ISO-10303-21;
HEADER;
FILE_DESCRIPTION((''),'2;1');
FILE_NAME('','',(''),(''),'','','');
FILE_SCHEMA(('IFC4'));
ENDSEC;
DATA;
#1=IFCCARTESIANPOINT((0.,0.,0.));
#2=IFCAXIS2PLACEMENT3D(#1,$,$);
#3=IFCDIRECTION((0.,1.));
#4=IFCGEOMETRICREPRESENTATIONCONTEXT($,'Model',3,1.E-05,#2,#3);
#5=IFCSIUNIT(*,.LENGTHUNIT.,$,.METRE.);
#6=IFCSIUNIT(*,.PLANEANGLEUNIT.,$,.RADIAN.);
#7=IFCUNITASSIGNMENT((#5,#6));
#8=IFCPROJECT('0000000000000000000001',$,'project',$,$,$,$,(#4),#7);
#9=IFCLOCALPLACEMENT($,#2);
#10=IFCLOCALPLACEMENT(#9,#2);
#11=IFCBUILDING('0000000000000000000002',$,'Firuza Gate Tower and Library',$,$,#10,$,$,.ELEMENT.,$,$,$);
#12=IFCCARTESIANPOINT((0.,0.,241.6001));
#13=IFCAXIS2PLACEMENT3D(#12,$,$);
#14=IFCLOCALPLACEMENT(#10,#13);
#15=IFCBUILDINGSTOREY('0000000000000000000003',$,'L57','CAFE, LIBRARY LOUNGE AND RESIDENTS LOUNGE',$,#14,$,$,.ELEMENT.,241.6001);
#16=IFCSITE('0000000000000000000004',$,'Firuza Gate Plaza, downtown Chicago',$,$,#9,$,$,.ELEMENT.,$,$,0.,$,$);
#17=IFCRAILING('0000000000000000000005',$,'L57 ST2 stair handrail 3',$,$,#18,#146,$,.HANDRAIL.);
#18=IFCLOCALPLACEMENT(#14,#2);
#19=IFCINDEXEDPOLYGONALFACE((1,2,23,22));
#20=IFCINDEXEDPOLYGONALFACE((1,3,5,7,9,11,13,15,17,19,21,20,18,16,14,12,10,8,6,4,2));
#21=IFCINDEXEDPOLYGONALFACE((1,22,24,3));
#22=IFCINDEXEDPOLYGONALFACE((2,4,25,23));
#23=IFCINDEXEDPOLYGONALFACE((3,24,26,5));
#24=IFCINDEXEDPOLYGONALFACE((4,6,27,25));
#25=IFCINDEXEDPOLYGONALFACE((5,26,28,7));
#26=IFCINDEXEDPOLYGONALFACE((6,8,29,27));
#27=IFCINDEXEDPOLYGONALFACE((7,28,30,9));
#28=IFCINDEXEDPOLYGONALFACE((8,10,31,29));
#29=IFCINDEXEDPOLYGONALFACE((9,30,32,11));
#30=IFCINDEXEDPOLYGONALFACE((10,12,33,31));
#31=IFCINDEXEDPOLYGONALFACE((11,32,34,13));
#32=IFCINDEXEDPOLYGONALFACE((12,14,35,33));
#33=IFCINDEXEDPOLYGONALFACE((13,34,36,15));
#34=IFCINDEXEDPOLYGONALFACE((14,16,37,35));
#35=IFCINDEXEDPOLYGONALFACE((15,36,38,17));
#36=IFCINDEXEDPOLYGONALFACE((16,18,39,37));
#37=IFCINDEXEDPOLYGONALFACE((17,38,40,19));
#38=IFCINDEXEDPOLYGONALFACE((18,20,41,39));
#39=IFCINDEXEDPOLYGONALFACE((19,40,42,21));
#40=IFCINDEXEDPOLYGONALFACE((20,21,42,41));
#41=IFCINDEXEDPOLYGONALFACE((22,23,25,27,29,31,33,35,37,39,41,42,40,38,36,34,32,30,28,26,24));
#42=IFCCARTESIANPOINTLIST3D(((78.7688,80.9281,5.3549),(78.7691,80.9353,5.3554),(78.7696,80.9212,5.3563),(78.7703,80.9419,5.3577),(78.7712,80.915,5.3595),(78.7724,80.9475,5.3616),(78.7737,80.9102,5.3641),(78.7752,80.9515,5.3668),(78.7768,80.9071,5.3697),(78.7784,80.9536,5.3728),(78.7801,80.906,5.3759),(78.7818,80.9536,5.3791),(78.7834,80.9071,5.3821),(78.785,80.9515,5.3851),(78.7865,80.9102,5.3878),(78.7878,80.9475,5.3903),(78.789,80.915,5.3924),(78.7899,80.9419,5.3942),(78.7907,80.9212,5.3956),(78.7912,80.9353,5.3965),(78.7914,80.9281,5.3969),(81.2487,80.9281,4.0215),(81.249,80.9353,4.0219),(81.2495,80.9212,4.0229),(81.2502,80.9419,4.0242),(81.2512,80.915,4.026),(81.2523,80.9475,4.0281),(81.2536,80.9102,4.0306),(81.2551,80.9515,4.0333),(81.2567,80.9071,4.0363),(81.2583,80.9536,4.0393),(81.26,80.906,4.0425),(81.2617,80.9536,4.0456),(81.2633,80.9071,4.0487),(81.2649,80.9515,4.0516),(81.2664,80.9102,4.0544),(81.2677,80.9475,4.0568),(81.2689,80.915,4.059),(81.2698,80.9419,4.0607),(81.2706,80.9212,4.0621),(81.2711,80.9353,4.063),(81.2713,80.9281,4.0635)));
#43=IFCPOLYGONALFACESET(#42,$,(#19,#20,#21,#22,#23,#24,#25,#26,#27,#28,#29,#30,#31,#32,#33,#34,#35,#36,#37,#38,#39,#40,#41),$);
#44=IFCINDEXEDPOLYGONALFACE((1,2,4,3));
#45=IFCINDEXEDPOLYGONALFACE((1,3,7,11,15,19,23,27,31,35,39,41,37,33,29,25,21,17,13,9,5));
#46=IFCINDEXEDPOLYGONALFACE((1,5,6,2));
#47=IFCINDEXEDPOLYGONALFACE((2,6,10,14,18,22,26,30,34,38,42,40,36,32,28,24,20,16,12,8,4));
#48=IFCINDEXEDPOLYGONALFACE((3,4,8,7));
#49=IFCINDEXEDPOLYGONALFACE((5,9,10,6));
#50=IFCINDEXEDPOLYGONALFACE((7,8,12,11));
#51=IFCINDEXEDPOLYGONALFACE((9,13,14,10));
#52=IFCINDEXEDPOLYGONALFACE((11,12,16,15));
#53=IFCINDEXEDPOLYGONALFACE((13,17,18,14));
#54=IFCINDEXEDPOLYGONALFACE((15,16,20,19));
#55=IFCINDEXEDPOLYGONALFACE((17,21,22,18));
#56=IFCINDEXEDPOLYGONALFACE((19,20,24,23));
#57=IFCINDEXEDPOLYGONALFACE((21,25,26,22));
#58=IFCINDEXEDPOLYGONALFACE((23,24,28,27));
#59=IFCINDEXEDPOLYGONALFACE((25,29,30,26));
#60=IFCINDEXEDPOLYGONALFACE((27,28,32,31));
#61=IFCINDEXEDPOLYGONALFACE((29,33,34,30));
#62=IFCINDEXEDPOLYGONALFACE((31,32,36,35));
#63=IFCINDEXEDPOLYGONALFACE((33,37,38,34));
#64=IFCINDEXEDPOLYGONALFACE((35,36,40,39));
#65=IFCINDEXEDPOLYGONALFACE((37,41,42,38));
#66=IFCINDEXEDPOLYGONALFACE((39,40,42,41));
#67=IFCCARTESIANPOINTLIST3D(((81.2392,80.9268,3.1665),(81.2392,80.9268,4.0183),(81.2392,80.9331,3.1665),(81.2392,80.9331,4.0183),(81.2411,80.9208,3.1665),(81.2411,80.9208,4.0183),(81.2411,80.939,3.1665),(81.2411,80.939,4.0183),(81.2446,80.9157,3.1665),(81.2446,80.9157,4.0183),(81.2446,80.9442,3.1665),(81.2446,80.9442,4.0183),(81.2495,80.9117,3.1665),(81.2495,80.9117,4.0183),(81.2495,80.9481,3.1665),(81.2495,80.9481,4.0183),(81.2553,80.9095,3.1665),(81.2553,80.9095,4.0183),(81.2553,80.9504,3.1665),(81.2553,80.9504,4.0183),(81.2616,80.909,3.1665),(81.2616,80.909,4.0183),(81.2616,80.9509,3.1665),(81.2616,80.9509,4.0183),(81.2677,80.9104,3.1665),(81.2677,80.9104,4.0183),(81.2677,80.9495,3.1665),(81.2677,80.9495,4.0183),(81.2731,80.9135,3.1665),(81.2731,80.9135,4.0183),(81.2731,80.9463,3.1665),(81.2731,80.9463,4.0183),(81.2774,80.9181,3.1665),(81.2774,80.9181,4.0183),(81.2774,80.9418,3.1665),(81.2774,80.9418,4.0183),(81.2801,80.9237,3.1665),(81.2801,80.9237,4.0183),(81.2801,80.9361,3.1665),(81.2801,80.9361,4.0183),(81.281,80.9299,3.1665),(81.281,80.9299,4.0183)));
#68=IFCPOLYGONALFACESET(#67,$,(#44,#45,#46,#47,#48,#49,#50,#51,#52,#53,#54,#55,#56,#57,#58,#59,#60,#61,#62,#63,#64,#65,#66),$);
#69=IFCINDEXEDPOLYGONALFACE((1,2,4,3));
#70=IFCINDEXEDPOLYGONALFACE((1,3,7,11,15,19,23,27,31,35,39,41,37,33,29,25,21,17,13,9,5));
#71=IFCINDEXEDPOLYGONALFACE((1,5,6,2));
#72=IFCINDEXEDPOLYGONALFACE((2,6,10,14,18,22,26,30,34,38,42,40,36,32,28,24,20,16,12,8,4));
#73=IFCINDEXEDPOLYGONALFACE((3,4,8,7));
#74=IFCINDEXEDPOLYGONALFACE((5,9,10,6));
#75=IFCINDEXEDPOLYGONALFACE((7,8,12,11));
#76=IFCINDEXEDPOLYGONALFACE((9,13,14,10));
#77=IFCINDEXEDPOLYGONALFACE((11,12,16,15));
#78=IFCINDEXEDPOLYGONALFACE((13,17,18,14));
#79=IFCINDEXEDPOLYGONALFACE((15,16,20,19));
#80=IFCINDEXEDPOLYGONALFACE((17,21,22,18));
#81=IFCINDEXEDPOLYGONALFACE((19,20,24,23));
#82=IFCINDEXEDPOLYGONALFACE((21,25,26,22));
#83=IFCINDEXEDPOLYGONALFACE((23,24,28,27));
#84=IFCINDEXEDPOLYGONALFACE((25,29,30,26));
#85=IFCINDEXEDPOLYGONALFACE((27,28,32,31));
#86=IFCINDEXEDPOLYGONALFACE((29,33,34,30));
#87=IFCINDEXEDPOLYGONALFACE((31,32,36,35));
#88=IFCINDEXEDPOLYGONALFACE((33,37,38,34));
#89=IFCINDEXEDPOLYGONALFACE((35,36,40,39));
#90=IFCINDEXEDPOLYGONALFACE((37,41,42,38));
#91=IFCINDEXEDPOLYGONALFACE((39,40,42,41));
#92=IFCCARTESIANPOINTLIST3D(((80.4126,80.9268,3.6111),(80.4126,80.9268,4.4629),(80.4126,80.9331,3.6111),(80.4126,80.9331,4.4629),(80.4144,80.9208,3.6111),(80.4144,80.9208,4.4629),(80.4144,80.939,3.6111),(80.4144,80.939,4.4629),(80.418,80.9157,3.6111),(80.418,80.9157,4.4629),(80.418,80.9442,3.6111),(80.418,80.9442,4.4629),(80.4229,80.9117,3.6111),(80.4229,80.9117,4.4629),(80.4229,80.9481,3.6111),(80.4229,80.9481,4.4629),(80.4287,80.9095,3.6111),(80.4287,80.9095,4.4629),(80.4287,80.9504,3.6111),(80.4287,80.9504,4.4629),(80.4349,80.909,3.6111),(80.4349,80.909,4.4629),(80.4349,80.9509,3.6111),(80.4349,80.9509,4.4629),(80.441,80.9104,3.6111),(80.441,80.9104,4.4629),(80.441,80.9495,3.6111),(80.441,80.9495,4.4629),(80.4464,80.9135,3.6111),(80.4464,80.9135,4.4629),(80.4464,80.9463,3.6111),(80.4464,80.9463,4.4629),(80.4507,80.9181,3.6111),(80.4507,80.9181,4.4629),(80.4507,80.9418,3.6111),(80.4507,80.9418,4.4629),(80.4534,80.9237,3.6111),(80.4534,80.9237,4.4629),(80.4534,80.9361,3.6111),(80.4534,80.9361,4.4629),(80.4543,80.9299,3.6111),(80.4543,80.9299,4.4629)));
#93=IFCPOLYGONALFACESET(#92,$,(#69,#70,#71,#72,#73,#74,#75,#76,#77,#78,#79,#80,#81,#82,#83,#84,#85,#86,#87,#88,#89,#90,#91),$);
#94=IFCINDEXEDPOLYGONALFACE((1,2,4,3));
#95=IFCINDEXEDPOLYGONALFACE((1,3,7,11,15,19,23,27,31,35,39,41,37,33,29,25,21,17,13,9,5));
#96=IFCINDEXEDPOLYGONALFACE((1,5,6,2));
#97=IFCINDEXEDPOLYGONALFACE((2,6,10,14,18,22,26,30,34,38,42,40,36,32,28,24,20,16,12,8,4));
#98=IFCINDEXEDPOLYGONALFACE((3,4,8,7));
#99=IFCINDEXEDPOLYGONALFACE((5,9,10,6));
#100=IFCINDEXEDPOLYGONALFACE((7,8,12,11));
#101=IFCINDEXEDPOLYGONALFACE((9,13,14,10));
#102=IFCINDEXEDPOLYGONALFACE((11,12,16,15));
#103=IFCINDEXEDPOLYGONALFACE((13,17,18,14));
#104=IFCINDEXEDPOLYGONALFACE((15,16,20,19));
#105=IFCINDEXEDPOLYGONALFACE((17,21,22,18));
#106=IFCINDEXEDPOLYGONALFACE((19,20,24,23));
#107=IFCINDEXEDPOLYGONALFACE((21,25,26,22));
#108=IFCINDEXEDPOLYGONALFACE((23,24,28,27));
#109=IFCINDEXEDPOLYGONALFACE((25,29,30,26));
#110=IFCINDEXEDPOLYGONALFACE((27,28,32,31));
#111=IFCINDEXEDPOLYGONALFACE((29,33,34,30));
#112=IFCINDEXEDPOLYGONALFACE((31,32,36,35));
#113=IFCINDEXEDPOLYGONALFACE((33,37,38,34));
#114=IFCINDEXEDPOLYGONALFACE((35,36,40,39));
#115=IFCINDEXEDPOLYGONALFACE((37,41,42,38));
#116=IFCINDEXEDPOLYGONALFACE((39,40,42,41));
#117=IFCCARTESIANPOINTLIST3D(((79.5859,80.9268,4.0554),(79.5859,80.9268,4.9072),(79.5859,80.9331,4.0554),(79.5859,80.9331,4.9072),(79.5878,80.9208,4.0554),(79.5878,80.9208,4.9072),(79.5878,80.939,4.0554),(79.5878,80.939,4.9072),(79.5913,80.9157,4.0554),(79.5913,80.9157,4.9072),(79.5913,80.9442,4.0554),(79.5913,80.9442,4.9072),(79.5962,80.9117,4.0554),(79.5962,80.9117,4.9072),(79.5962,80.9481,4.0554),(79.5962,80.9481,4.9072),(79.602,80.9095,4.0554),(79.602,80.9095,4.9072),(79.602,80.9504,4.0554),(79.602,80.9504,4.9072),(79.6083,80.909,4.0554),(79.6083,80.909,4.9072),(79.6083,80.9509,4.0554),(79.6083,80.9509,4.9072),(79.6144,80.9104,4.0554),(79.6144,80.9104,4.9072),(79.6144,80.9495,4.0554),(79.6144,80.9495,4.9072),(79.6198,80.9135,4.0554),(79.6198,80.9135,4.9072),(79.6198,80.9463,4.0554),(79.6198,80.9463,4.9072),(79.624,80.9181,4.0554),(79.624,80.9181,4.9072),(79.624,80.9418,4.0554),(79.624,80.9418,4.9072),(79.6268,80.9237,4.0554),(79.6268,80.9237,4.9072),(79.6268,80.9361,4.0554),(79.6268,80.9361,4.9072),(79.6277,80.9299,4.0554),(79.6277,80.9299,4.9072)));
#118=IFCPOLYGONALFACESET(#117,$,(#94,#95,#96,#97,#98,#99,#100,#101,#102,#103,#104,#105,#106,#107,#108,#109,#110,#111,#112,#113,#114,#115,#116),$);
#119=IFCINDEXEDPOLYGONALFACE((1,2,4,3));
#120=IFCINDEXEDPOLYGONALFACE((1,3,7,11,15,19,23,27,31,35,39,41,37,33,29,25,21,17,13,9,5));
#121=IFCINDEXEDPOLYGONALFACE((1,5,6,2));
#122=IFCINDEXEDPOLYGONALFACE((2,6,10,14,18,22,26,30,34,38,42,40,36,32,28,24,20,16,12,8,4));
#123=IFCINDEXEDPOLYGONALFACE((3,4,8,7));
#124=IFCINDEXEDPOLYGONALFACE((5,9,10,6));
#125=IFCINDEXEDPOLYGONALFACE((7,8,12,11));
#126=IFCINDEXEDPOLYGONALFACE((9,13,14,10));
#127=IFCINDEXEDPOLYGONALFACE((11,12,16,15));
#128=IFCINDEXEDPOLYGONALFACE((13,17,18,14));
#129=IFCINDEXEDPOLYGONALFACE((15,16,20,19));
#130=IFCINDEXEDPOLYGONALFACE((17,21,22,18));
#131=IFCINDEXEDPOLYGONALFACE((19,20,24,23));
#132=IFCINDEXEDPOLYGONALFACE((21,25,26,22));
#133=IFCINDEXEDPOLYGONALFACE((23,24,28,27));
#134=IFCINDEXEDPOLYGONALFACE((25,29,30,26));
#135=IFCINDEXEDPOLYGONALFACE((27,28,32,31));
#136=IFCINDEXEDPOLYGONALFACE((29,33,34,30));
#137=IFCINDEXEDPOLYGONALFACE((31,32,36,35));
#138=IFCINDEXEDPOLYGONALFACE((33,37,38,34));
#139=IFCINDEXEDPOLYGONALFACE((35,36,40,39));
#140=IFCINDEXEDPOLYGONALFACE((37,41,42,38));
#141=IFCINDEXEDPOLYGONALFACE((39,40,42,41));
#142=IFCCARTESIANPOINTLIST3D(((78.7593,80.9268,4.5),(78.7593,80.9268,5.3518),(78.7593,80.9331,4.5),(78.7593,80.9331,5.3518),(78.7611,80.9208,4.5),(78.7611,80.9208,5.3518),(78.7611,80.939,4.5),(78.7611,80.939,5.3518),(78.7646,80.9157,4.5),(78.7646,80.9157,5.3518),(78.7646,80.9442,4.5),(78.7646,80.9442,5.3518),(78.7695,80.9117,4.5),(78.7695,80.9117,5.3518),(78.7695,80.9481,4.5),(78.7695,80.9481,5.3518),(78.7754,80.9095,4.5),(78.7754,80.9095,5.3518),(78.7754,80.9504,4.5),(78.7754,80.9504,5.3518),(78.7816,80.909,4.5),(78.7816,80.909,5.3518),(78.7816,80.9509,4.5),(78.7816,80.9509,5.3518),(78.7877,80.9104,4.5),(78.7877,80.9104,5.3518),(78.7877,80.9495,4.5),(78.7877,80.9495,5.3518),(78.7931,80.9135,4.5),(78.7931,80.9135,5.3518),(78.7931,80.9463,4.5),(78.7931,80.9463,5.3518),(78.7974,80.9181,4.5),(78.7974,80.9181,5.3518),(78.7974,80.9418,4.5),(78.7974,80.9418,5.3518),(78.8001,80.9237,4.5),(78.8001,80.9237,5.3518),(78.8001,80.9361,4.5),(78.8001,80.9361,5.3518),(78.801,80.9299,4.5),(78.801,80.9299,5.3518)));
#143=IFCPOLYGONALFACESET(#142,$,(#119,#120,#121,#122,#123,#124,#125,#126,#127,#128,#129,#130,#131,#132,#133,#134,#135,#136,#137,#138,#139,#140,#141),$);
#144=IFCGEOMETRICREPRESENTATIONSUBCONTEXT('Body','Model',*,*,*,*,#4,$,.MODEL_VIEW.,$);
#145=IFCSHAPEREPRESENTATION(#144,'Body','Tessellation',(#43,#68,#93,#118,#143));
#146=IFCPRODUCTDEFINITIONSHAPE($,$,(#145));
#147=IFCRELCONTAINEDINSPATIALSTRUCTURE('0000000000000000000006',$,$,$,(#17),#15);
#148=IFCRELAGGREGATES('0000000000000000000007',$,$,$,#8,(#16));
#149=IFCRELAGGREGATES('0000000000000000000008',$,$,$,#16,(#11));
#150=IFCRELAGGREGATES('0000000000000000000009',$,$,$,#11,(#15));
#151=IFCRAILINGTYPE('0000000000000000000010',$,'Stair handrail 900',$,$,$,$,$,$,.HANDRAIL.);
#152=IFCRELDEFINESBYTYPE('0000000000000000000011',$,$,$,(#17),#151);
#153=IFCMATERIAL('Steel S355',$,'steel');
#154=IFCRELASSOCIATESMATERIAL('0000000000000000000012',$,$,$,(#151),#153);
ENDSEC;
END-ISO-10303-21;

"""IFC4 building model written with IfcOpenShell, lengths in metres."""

from ifc_helpers import new_model, si_unit, direction, frame, origin, origin_2d, place, context, subcontext, project, spatial, circle, extrude, material, type_object, element, save


model = new_model("IFC4")

# Units and contexts
model_context = context("Model", 3, precision=1e-05, world=origin(), true_north=direction((0.0, 1.0)))
body_context = subcontext(model_context, "Body", "Model", "MODEL_VIEW")
ifc_project = project(units=[si_unit("LENGTHUNIT", "METRE"), si_unit("PLANEANGLEUNIT", "RADIAN")], contexts=[model_context])

# Site, building, storey
site_placement = place(None, origin())
site = spatial("IfcSite", under=ifc_project, at=site_placement, Name="Firuza Gate Plaza, downtown Chicago", CompositionType="ELEMENT", RefElevation=0.0)
building_placement = place(site_placement, origin())
building = spatial("IfcBuilding", under=site, at=building_placement, Name="Firuza Gate Tower and Library", CompositionType="ELEMENT")
storey_placement = place(building_placement, frame((0.0, 0.0, 241.6001)))
storey = spatial("IfcBuildingStorey", under=building, at=storey_placement, Name="L57", Description="CAFE, LIBRARY LOUNGE AND RESIDENTS LOUNGE", CompositionType="ELEMENT", Elevation=241.6001)

# Railing
ifc_material_1 = material(Name="Steel S355", Category="steel")
railing_type_1 = type_object("IfcRailingType", Name="Stair handrail 900", PredefinedType="HANDRAIL", material=ifc_material_1)
railing_1_placement = place(storey_placement, frame((81.26, 80.9299, 3.1665)))
element("IfcRailing", 1, at=railing_1_placement, inside=storey, type_object=railing_type_1, Name="L57 ST2 stair handrail 3", PredefinedType="HANDRAIL", context=body_context, shape_type="SweptSolid", body=[
    extrude(circle(Radius=0.0239, at=origin_2d()), frame((0.0, 0.0, 0.876), z_axis=(-0.880749, 0.0, 0.473583), x_axis=(0.0, -1.0, 0.0)), (0.0, 0.0, 1.0), 2.8157),
    extrude(circle(Radius=0.021, at=origin_2d()), origin(), (0.0, 0.0, 1.0), 0.8518),
    extrude(circle(Radius=0.021, at=origin_2d()), frame((-0.8267, 0.0, 0.4446)), (0.0, 0.0, 1.0), 0.8518),
    extrude(circle(Radius=0.021, at=origin_2d()), frame((-1.6533, 0.0, 0.8889)), (0.0, 0.0, 1.0), 0.8518),
    extrude(circle(Radius=0.021, at=origin_2d()), frame((-2.48, 0.0, 1.3335)), (0.0, 0.0, 1.0), 0.8518),
])

save(model, "model.ifc")
